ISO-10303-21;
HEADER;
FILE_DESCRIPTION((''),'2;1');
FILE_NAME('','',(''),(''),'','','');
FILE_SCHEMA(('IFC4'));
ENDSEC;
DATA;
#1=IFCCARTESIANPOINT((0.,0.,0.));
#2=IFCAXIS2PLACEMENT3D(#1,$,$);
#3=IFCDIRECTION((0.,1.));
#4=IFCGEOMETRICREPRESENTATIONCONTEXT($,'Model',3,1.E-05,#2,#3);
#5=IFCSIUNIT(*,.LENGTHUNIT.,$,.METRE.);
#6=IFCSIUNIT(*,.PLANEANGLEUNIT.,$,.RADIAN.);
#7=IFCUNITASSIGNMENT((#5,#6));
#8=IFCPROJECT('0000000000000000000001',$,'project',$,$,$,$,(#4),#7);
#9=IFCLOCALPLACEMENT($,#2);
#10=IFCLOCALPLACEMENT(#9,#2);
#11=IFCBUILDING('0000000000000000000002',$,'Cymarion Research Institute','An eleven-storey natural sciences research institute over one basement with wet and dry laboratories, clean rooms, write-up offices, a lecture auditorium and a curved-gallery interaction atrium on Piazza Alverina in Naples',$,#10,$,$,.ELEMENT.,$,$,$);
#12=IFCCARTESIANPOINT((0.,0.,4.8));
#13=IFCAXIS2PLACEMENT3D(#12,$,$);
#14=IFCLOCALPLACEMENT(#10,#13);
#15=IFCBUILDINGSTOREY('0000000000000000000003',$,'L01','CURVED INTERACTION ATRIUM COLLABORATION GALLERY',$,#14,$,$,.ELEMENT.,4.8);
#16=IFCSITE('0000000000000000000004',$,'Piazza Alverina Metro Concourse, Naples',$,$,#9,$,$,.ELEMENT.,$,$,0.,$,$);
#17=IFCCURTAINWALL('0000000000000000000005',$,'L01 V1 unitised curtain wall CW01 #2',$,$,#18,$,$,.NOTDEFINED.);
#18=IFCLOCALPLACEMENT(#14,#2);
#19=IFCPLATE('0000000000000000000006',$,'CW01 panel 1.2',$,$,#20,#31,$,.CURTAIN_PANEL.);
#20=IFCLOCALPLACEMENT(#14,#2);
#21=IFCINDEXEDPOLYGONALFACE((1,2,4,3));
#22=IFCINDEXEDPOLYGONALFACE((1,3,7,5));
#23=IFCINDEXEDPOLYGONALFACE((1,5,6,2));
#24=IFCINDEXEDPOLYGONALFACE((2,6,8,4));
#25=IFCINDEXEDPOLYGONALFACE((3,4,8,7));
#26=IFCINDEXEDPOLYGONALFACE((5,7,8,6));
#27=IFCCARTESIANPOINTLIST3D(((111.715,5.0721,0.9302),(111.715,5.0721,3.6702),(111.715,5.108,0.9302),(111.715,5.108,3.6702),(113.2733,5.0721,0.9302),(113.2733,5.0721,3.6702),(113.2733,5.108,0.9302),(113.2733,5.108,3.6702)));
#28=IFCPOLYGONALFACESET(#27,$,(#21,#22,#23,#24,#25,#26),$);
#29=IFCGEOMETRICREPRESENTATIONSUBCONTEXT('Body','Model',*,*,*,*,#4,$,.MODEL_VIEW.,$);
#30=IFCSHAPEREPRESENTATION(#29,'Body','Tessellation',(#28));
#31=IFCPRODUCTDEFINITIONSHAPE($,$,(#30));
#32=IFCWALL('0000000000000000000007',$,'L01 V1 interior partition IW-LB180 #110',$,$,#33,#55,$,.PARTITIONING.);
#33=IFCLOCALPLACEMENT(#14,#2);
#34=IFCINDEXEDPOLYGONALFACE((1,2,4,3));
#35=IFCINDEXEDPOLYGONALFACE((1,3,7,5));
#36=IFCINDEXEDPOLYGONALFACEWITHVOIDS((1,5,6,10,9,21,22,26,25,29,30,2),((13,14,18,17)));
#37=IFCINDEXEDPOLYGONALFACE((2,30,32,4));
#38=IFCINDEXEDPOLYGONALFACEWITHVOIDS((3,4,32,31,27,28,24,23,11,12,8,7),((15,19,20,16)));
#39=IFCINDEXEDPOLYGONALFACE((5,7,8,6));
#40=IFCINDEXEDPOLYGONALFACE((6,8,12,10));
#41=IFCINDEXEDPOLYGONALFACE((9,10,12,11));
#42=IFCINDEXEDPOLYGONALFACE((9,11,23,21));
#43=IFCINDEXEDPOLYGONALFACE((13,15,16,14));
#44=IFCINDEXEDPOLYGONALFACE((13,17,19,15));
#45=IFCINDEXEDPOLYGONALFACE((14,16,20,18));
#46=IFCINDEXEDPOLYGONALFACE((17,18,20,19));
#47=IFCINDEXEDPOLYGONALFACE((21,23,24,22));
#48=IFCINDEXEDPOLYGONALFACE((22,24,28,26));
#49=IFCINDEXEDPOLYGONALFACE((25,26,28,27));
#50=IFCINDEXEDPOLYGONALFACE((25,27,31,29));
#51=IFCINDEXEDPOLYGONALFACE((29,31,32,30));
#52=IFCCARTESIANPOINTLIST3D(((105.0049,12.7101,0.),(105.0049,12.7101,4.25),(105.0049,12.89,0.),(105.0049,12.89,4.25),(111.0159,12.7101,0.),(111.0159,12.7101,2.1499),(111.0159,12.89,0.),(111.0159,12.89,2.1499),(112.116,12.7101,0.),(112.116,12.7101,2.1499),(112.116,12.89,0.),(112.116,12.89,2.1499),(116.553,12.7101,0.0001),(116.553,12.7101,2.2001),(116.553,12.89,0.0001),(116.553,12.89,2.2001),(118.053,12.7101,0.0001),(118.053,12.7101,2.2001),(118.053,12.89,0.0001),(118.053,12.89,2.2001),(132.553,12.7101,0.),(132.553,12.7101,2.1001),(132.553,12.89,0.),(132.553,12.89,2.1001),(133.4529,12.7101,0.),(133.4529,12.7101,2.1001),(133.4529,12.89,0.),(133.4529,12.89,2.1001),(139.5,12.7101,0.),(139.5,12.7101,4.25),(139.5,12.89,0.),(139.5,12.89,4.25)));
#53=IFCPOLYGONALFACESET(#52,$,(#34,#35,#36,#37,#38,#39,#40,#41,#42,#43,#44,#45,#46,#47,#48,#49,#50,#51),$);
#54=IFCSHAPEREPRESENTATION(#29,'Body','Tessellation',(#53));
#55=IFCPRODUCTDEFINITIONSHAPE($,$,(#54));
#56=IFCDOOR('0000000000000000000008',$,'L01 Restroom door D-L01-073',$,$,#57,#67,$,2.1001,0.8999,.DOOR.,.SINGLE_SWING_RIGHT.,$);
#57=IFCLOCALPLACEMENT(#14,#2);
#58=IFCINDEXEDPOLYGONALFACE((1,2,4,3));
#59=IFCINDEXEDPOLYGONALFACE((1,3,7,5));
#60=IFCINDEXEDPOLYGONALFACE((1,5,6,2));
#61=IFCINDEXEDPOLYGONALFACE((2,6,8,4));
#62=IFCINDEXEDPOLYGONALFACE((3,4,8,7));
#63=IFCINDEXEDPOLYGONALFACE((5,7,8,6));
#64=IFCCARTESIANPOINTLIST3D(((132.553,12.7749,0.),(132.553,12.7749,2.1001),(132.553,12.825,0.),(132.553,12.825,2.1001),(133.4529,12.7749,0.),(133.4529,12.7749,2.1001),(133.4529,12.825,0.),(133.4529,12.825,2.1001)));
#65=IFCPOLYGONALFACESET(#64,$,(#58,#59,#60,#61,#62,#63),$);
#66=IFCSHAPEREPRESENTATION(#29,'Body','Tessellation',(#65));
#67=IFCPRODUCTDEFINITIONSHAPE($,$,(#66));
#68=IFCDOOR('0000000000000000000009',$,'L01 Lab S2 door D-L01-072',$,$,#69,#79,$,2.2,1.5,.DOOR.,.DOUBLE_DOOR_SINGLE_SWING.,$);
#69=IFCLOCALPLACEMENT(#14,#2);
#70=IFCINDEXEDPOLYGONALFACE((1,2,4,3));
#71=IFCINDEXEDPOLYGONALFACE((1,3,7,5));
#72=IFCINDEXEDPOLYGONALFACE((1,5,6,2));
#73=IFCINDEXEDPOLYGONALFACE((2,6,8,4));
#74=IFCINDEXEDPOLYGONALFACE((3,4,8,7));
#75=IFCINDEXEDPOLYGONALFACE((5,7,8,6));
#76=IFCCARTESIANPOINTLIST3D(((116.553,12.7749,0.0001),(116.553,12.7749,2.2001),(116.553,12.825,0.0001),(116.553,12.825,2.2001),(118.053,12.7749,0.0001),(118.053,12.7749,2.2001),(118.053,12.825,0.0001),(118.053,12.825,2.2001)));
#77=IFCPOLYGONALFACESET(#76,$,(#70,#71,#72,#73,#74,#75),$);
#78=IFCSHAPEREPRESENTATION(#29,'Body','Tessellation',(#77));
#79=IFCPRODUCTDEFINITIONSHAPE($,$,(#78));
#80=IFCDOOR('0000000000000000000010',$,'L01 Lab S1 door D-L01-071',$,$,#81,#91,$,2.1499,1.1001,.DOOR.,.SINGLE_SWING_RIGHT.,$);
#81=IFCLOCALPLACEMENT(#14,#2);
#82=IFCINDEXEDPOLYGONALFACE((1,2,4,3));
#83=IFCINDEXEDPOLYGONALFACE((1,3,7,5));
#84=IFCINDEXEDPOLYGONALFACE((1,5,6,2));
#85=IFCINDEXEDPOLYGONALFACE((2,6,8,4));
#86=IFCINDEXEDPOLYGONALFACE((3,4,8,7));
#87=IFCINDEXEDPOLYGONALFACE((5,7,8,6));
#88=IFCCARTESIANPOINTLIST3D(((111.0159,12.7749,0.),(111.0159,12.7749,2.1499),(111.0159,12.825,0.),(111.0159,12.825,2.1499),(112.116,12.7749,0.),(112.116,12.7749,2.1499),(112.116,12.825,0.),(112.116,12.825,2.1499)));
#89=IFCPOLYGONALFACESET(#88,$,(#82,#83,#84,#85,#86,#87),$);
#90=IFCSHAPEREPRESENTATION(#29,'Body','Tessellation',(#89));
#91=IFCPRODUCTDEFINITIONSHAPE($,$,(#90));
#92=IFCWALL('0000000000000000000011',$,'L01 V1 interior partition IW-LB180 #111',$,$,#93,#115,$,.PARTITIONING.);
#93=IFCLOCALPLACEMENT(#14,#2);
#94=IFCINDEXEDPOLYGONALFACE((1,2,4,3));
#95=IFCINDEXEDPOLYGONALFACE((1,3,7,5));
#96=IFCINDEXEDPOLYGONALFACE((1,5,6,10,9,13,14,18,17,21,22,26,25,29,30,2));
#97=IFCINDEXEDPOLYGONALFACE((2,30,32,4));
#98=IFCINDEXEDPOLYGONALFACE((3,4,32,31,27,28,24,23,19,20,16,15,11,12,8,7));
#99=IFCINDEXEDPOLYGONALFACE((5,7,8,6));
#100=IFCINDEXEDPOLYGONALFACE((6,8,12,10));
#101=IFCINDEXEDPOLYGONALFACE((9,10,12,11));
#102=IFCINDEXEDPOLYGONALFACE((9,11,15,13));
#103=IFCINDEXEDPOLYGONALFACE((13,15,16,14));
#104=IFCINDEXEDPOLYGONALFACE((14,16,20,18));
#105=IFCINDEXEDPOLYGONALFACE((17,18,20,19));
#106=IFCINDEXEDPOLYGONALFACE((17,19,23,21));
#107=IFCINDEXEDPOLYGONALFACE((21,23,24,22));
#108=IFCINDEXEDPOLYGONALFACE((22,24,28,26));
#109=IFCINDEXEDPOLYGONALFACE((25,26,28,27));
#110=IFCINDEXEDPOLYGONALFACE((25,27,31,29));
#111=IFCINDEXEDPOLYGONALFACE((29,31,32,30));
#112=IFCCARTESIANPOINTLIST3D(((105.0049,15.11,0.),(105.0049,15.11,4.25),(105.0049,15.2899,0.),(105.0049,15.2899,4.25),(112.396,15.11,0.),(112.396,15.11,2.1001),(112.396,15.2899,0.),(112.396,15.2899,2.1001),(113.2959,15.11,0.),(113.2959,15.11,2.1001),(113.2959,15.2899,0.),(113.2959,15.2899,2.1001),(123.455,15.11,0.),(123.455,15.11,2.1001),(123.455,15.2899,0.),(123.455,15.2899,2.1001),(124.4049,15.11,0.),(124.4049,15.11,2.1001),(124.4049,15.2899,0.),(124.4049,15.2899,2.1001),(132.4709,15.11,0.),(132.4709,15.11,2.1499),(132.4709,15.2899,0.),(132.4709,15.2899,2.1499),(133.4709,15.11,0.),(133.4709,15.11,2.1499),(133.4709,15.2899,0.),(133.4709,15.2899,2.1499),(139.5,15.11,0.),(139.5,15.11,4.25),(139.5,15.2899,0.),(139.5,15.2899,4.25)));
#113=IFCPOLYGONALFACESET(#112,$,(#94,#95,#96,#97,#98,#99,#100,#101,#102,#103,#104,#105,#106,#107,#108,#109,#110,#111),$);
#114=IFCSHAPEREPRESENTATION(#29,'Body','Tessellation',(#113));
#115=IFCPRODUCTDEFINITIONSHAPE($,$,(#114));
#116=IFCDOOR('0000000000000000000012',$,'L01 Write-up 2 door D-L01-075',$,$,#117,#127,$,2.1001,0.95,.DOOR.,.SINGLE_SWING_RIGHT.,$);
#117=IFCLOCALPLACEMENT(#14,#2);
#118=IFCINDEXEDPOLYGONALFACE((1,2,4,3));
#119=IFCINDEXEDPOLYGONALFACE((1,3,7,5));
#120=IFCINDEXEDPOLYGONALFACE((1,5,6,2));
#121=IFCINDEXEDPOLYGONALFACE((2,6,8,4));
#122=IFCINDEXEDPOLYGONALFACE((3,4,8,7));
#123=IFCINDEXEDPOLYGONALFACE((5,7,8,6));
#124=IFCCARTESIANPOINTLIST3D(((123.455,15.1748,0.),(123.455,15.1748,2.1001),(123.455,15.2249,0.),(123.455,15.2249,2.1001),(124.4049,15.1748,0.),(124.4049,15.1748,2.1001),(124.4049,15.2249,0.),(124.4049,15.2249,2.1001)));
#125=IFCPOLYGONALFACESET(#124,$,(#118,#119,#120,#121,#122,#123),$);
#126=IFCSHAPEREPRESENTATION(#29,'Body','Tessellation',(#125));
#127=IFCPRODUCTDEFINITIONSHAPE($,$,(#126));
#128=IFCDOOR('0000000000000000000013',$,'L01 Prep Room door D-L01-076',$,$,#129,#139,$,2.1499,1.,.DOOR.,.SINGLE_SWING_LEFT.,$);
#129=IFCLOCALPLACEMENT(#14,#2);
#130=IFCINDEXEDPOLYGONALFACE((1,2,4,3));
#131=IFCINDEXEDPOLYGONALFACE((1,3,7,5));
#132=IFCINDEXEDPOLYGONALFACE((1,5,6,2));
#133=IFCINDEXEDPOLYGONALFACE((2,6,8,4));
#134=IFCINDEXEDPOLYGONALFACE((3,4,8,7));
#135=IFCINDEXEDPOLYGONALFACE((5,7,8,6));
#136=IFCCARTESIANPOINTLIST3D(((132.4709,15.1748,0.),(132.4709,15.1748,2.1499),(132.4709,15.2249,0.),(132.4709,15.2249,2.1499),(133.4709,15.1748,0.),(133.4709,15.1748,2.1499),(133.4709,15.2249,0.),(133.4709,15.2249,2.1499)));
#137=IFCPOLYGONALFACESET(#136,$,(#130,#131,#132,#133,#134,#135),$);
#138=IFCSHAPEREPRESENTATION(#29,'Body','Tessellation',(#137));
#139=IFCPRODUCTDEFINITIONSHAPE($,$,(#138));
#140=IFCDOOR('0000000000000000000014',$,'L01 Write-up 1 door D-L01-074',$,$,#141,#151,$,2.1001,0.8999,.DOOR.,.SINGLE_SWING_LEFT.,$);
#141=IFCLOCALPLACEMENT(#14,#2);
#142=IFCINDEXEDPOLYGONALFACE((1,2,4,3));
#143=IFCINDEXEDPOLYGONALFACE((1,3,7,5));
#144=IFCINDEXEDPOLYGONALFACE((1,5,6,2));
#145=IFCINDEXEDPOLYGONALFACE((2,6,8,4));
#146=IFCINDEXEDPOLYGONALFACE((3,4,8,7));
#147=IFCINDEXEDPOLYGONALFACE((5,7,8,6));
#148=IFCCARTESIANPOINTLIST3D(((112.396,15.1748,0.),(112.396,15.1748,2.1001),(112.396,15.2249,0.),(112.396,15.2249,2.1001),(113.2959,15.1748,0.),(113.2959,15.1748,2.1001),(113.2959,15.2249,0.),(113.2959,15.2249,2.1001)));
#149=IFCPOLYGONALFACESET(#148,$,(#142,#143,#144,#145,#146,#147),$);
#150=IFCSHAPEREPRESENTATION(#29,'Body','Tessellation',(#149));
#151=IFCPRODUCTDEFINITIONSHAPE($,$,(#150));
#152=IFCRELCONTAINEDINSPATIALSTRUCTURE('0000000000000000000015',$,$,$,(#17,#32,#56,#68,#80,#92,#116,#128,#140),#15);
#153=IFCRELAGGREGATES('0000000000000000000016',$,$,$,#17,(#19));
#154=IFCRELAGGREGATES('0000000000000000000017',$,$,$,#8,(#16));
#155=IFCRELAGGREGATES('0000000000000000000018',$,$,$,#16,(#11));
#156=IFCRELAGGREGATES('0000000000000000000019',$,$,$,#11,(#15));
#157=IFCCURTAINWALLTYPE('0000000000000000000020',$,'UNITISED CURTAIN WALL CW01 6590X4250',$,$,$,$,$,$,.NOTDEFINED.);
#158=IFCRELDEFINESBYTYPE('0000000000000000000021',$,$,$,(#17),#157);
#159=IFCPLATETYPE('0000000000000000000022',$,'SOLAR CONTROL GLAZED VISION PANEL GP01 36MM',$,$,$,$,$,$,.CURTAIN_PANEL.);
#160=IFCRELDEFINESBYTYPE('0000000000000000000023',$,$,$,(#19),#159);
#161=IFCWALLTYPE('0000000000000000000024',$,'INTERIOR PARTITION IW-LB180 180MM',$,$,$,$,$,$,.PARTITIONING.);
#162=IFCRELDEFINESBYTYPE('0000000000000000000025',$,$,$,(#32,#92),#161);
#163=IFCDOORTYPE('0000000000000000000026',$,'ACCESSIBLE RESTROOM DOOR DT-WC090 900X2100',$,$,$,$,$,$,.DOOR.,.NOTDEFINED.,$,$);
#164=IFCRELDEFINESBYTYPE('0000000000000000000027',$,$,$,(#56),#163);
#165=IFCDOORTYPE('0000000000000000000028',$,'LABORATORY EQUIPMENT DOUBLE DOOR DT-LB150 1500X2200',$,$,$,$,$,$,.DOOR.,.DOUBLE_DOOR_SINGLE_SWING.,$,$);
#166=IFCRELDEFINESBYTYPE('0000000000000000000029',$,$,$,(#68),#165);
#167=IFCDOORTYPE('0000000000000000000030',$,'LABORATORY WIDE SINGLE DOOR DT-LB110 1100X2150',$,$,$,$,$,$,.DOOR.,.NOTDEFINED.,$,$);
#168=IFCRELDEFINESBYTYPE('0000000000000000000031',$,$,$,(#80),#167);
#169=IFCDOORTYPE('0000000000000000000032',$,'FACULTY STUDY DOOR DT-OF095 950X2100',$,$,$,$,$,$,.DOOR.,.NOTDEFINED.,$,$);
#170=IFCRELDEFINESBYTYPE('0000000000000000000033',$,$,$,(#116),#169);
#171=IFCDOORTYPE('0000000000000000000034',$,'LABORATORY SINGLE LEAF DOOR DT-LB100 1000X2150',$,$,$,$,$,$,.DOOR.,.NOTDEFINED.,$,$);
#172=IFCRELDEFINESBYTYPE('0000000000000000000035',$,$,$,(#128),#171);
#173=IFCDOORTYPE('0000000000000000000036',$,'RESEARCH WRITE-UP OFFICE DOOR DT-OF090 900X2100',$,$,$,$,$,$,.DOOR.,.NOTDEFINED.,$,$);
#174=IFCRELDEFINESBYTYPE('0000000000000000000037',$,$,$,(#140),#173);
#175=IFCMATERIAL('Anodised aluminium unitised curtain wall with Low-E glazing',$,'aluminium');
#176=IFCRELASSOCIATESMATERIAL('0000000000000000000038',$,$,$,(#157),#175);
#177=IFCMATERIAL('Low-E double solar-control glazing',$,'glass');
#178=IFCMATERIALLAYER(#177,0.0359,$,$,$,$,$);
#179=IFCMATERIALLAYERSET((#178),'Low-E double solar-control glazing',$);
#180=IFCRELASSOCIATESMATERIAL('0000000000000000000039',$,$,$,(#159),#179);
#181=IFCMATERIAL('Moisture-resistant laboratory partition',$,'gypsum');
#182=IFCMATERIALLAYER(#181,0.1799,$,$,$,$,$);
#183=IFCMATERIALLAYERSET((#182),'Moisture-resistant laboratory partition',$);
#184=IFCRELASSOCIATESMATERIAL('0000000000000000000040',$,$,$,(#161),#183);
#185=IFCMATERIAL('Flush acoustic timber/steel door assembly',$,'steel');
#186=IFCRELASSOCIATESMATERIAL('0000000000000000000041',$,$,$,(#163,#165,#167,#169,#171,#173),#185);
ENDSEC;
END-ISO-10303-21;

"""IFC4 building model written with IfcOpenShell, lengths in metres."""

from ifc_helpers import new_model, si_unit, direction, frame, frame_2d, origin, origin_2d, place, context, subcontext, project, spatial, rectangle, extrude, material, layer, layer_set, type_object, element, fill, aggregate, save


model = new_model("IFC4")

# Units and contexts
model_context = context("Model", 3, precision=1e-05, world=origin(), true_north=direction((0.0, 1.0)))
body_context = subcontext(model_context, "Body", "Model", "MODEL_VIEW")
ifc_project = project(units=[si_unit("LENGTHUNIT", "METRE"), si_unit("PLANEANGLEUNIT", "RADIAN")], contexts=[model_context])

# Site, building, storey
site_placement = place(None, origin())
site = spatial("IfcSite", under=ifc_project, at=site_placement, Name="Piazza Alverina Metro Concourse, Naples", CompositionType="ELEMENT", RefElevation=0.0)
building_placement = place(site_placement, origin())
building = spatial("IfcBuilding", under=site, at=building_placement, Name="Cymarion Research Institute", Description="An eleven-storey natural sciences research institute over one basement with wet and dry laboratories, clean rooms, write-up offices, a lecture auditorium and a curved-gallery interaction atrium on Piazza Alverina in Naples", CompositionType="ELEMENT")
storey_placement = place(building_placement, frame((0.0, 0.0, 4.8)))
storey = spatial("IfcBuildingStorey", under=building, at=storey_placement, Name="L01", Description="CURVED INTERACTION ATRIUM COLLABORATION GALLERY", CompositionType="ELEMENT", Elevation=4.8)

# Curtain wall
ifc_material_1 = material(Name="Anodised aluminium unitised curtain wall with Low-E glazing", Category="aluminium")
curtain_wall_type = type_object("IfcCurtainWallType", Name="UNITISED CURTAIN WALL CW01 6590X4250", PredefinedType="NOTDEFINED", material=ifc_material_1)
curtain_wall_1_placement = place(storey_placement, origin())
curtain_wall_1 = element("IfcCurtainWall", 1, at=curtain_wall_1_placement, inside=storey, type_object=curtain_wall_type, Name="L01 V1 unitised curtain wall CW01 #2", PredefinedType="NOTDEFINED")

# Plate
ifc_material_2 = material(Name="Low-E double solar-control glazing", Category="glass")
ifc_layer_1 = layer(ifc_material_2, 0.0359)
ifc_layer_set_1 = layer_set([ifc_layer_1], Name="Low-E double solar-control glazing")
plate_type_1 = type_object("IfcPlateType", Name="SOLAR CONTROL GLAZED VISION PANEL GP01 36MM", PredefinedType="CURTAIN_PANEL", material=ifc_layer_set_1)
plate_1_placement = place(storey_placement, frame((112.4941, 5.0901, 0.9302), z_axis=(0.0, 0.0, 1.0), x_axis=(1.0, 0.0, 0.0)))
plate_1 = element("IfcPlate", 2, at=plate_1_placement, type_object=plate_type_1, Name="CW01 panel 1.2", PredefinedType="CURTAIN_PANEL", context=body_context, shape_type="SweptSolid", body=[
    extrude(rectangle(XDim=1.5583, YDim=0.0359, at=origin_2d()), origin(), (0.0, 0.0, 1.0), 2.74),
])
aggregate(curtain_wall_1, [plate_1])

# Walls, openings, doors
ifc_material_3 = material(Name="Moisture-resistant laboratory partition", Category="gypsum")
ifc_layer_2 = layer(ifc_material_3, 0.1799)
ifc_layer_set_2 = layer_set([ifc_layer_2], Name="Moisture-resistant laboratory partition")
wall_type = type_object("IfcWallType", Name="INTERIOR PARTITION IW-LB180 180MM", PredefinedType="PARTITIONING", material=ifc_layer_set_2)
wall_1_placement = place(storey_placement, frame((105.0049, 12.8, 0.0), z_axis=(0.0, 0.0, 1.0), x_axis=(1.0, 0.0, 0.0)))
wall_1 = element("IfcWall", 3, at=wall_1_placement, inside=storey, type_object=wall_type, Name="L01 V1 interior partition IW-LB180 #110", PredefinedType="PARTITIONING", context=body_context, shape_type="SweptSolid", body=[
    extrude(rectangle(XDim=34.4951, YDim=0.1799, at=frame_2d((17.2476, 0.0))), origin(), (0.0, 0.0, 1.0), 4.25),
])
opening_1_placement = place(wall_1_placement, frame((6.011, 0.0, 0.0)))
opening_1 = element("IfcOpeningElement", 4, at=opening_1_placement, cuts=wall_1, PredefinedType="OPENING", context=body_context, shape_type="SweptSolid", body=[
    extrude(rectangle(XDim=1.1001, YDim=2.1499, at=frame_2d((0.55, 1.075))), frame((0.0, 0.0999, 0.0), z_axis=(0.0, -1.0, 0.0), x_axis=(1.0, 0.0, 0.0)), (0.0, 0.0, 1.0), 0.2),
])
opening_2_placement = place(wall_1_placement, frame((11.5481, 0.0, 0.0)))
opening_2 = element("IfcOpeningElement", 5, at=opening_2_placement, cuts=wall_1, PredefinedType="OPENING", context=body_context, shape_type="SweptSolid", body=[
    extrude(rectangle(XDim=1.5, YDim=2.2, at=frame_2d((0.75, 1.1001))), frame((0.0, 0.0999, 0.0), z_axis=(0.0, -1.0, 0.0), x_axis=(1.0, 0.0, 0.0)), (0.0, 0.0, 1.0), 0.2),
])
opening_3_placement = place(wall_1_placement, frame((27.5481, 0.0, 0.0)))
opening_3 = element("IfcOpeningElement", 6, at=opening_3_placement, cuts=wall_1, PredefinedType="OPENING", context=body_context, shape_type="SweptSolid", body=[
    extrude(rectangle(XDim=0.8999, YDim=2.1001, at=frame_2d((0.45, 1.05))), frame((0.0, 0.0999, 0.0), z_axis=(0.0, -1.0, 0.0), x_axis=(1.0, 0.0, 0.0)), (0.0, 0.0, 1.0), 0.2),
])
ifc_material_4 = material(Name="Flush acoustic timber/steel door assembly", Category="steel")
door_type_1 = type_object("IfcDoorType", Name="ACCESSIBLE RESTROOM DOOR DT-WC090 900X2100", OperationType="NOTDEFINED", PredefinedType="DOOR", material=ifc_material_4)
door_1_placement = place(opening_3_placement, origin())
door_1 = element("IfcDoor", 7, at=door_1_placement, inside=storey, type_object=door_type_1, Name="L01 Restroom door D-L01-073", OperationType="SINGLE_SWING_RIGHT", OverallHeight=2.1001, OverallWidth=0.8999, PredefinedType="DOOR", context=body_context, shape_type="SweptSolid", body=[
    extrude(rectangle(XDim=0.8999, YDim=2.1001, at=frame_2d((0.45, 1.05))), frame((0.0, 0.0249, 0.0), z_axis=(0.0, -1.0, 0.0), x_axis=(1.0, 0.0, 0.0)), (0.0, 0.0, 1.0), 0.05),
])
fill(opening_3, door_1)
door_type_2 = type_object("IfcDoorType", Name="LABORATORY EQUIPMENT DOUBLE DOOR DT-LB150 1500X2200", OperationType="DOUBLE_DOOR_SINGLE_SWING", PredefinedType="DOOR", material=ifc_material_4)
door_2_placement = place(opening_2_placement, origin())
door_2 = element("IfcDoor", 8, at=door_2_placement, inside=storey, type_object=door_type_2, Name="L01 Lab S2 door D-L01-072", OperationType="DOUBLE_DOOR_SINGLE_SWING", OverallHeight=2.2, OverallWidth=1.5, PredefinedType="DOOR", context=body_context, shape_type="SweptSolid", body=[
    extrude(rectangle(XDim=1.5, YDim=2.2, at=frame_2d((0.75, 1.1001))), frame((0.0, 0.0249, 0.0), z_axis=(0.0, -1.0, 0.0), x_axis=(1.0, 0.0, 0.0)), (0.0, 0.0, 1.0), 0.05),
])
fill(opening_2, door_2)
door_type_3 = type_object("IfcDoorType", Name="LABORATORY WIDE SINGLE DOOR DT-LB110 1100X2150", OperationType="NOTDEFINED", PredefinedType="DOOR", material=ifc_material_4)
door_3_placement = place(opening_1_placement, origin())
door_3 = element("IfcDoor", 9, at=door_3_placement, inside=storey, type_object=door_type_3, Name="L01 Lab S1 door D-L01-071", OperationType="SINGLE_SWING_RIGHT", OverallHeight=2.1499, OverallWidth=1.1001, PredefinedType="DOOR", context=body_context, shape_type="SweptSolid", body=[
    extrude(rectangle(XDim=1.1001, YDim=2.1499, at=frame_2d((0.55, 1.075))), frame((0.0, 0.0249, 0.0), z_axis=(0.0, -1.0, 0.0), x_axis=(1.0, 0.0, 0.0)), (0.0, 0.0, 1.0), 0.05),
])
fill(opening_1, door_3)
wall_2_placement = place(storey_placement, frame((105.0049, 15.2, 0.0), z_axis=(0.0, 0.0, 1.0), x_axis=(1.0, 0.0, 0.0)))
wall_2 = element("IfcWall", 10, at=wall_2_placement, inside=storey, type_object=wall_type, Name="L01 V1 interior partition IW-LB180 #111", PredefinedType="PARTITIONING", context=body_context, shape_type="SweptSolid", body=[
    extrude(rectangle(XDim=34.4951, YDim=0.1799, at=frame_2d((17.2476, 0.0))), origin(), (0.0, 0.0, 1.0), 4.25),
])
opening_4_placement = place(wall_2_placement, frame((7.3911, 0.0, 0.0)))
opening_4 = element("IfcOpeningElement", 11, at=opening_4_placement, cuts=wall_2, PredefinedType="OPENING", context=body_context, shape_type="SweptSolid", body=[
    extrude(rectangle(XDim=0.8999, YDim=2.1001, at=frame_2d((0.45, 1.05))), frame((0.0, 0.0999, 0.0), z_axis=(0.0, -1.0, 0.0), x_axis=(1.0, 0.0, 0.0)), (0.0, 0.0, 1.0), 0.2),
])
opening_5_placement = place(wall_2_placement, frame((18.45, 0.0, 0.0)))
opening_5 = element("IfcOpeningElement", 12, at=opening_5_placement, cuts=wall_2, PredefinedType="OPENING", context=body_context, shape_type="SweptSolid", body=[
    extrude(rectangle(XDim=0.95, YDim=2.1001, at=frame_2d((0.4751, 1.05))), frame((0.0, 0.0999, 0.0), z_axis=(0.0, -1.0, 0.0), x_axis=(1.0, 0.0, 0.0)), (0.0, 0.0, 1.0), 0.2),
])
opening_6_placement = place(wall_2_placement, frame((27.4661, 0.0, 0.0)))
opening_6 = element("IfcOpeningElement", 13, at=opening_6_placement, cuts=wall_2, PredefinedType="OPENING", context=body_context, shape_type="SweptSolid", body=[
    extrude(rectangle(XDim=1.0, YDim=2.1499, at=frame_2d((0.5, 1.075))), frame((0.0, 0.0999, 0.0), z_axis=(0.0, -1.0, 0.0), x_axis=(1.0, 0.0, 0.0)), (0.0, 0.0, 1.0), 0.2),
])
door_type_4 = type_object("IfcDoorType", Name="FACULTY STUDY DOOR DT-OF095 950X2100", OperationType="NOTDEFINED", PredefinedType="DOOR", material=ifc_material_4)
door_4_placement = place(opening_5_placement, origin())
door_4 = element("IfcDoor", 14, at=door_4_placement, inside=storey, type_object=door_type_4, Name="L01 Write-up 2 door D-L01-075", OperationType="SINGLE_SWING_RIGHT", OverallHeight=2.1001, OverallWidth=0.95, PredefinedType="DOOR", context=body_context, shape_type="SweptSolid", body=[
    extrude(rectangle(XDim=0.95, YDim=2.1001, at=frame_2d((0.4751, 1.05))), frame((0.0, 0.0249, 0.0), z_axis=(0.0, -1.0, 0.0), x_axis=(1.0, 0.0, 0.0)), (0.0, 0.0, 1.0), 0.05),
])
fill(opening_5, door_4)
door_type_5 = type_object("IfcDoorType", Name="LABORATORY SINGLE LEAF DOOR DT-LB100 1000X2150", OperationType="NOTDEFINED", PredefinedType="DOOR", material=ifc_material_4)
door_5_placement = place(opening_6_placement, origin())
door_5 = element("IfcDoor", 15, at=door_5_placement, inside=storey, type_object=door_type_5, Name="L01 Prep Room door D-L01-076", OperationType="SINGLE_SWING_LEFT", OverallHeight=2.1499, OverallWidth=1.0, PredefinedType="DOOR", context=body_context, shape_type="SweptSolid", body=[
    extrude(rectangle(XDim=1.0, YDim=2.1499, at=frame_2d((0.5, 1.075))), frame((0.0, 0.0249, 0.0), z_axis=(0.0, -1.0, 0.0), x_axis=(1.0, 0.0, 0.0)), (0.0, 0.0, 1.0), 0.05),
])
fill(opening_6, door_5)
door_type_6 = type_object("IfcDoorType", Name="RESEARCH WRITE-UP OFFICE DOOR DT-OF090 900X2100", OperationType="NOTDEFINED", PredefinedType="DOOR", material=ifc_material_4)
door_6_placement = place(opening_4_placement, origin())
door_6 = element("IfcDoor", 16, at=door_6_placement, inside=storey, type_object=door_type_6, Name="L01 Write-up 1 door D-L01-074", OperationType="SINGLE_SWING_LEFT", OverallHeight=2.1001, OverallWidth=0.8999, PredefinedType="DOOR", context=body_context, shape_type="SweptSolid", body=[
    extrude(rectangle(XDim=0.8999, YDim=2.1001, at=frame_2d((0.45, 1.05))), frame((0.0, 0.0249, 0.0), z_axis=(0.0, -1.0, 0.0), x_axis=(1.0, 0.0, 0.0)), (0.0, 0.0, 1.0), 0.05),
])
fill(opening_4, door_6)

save(model, "model.ifc")
